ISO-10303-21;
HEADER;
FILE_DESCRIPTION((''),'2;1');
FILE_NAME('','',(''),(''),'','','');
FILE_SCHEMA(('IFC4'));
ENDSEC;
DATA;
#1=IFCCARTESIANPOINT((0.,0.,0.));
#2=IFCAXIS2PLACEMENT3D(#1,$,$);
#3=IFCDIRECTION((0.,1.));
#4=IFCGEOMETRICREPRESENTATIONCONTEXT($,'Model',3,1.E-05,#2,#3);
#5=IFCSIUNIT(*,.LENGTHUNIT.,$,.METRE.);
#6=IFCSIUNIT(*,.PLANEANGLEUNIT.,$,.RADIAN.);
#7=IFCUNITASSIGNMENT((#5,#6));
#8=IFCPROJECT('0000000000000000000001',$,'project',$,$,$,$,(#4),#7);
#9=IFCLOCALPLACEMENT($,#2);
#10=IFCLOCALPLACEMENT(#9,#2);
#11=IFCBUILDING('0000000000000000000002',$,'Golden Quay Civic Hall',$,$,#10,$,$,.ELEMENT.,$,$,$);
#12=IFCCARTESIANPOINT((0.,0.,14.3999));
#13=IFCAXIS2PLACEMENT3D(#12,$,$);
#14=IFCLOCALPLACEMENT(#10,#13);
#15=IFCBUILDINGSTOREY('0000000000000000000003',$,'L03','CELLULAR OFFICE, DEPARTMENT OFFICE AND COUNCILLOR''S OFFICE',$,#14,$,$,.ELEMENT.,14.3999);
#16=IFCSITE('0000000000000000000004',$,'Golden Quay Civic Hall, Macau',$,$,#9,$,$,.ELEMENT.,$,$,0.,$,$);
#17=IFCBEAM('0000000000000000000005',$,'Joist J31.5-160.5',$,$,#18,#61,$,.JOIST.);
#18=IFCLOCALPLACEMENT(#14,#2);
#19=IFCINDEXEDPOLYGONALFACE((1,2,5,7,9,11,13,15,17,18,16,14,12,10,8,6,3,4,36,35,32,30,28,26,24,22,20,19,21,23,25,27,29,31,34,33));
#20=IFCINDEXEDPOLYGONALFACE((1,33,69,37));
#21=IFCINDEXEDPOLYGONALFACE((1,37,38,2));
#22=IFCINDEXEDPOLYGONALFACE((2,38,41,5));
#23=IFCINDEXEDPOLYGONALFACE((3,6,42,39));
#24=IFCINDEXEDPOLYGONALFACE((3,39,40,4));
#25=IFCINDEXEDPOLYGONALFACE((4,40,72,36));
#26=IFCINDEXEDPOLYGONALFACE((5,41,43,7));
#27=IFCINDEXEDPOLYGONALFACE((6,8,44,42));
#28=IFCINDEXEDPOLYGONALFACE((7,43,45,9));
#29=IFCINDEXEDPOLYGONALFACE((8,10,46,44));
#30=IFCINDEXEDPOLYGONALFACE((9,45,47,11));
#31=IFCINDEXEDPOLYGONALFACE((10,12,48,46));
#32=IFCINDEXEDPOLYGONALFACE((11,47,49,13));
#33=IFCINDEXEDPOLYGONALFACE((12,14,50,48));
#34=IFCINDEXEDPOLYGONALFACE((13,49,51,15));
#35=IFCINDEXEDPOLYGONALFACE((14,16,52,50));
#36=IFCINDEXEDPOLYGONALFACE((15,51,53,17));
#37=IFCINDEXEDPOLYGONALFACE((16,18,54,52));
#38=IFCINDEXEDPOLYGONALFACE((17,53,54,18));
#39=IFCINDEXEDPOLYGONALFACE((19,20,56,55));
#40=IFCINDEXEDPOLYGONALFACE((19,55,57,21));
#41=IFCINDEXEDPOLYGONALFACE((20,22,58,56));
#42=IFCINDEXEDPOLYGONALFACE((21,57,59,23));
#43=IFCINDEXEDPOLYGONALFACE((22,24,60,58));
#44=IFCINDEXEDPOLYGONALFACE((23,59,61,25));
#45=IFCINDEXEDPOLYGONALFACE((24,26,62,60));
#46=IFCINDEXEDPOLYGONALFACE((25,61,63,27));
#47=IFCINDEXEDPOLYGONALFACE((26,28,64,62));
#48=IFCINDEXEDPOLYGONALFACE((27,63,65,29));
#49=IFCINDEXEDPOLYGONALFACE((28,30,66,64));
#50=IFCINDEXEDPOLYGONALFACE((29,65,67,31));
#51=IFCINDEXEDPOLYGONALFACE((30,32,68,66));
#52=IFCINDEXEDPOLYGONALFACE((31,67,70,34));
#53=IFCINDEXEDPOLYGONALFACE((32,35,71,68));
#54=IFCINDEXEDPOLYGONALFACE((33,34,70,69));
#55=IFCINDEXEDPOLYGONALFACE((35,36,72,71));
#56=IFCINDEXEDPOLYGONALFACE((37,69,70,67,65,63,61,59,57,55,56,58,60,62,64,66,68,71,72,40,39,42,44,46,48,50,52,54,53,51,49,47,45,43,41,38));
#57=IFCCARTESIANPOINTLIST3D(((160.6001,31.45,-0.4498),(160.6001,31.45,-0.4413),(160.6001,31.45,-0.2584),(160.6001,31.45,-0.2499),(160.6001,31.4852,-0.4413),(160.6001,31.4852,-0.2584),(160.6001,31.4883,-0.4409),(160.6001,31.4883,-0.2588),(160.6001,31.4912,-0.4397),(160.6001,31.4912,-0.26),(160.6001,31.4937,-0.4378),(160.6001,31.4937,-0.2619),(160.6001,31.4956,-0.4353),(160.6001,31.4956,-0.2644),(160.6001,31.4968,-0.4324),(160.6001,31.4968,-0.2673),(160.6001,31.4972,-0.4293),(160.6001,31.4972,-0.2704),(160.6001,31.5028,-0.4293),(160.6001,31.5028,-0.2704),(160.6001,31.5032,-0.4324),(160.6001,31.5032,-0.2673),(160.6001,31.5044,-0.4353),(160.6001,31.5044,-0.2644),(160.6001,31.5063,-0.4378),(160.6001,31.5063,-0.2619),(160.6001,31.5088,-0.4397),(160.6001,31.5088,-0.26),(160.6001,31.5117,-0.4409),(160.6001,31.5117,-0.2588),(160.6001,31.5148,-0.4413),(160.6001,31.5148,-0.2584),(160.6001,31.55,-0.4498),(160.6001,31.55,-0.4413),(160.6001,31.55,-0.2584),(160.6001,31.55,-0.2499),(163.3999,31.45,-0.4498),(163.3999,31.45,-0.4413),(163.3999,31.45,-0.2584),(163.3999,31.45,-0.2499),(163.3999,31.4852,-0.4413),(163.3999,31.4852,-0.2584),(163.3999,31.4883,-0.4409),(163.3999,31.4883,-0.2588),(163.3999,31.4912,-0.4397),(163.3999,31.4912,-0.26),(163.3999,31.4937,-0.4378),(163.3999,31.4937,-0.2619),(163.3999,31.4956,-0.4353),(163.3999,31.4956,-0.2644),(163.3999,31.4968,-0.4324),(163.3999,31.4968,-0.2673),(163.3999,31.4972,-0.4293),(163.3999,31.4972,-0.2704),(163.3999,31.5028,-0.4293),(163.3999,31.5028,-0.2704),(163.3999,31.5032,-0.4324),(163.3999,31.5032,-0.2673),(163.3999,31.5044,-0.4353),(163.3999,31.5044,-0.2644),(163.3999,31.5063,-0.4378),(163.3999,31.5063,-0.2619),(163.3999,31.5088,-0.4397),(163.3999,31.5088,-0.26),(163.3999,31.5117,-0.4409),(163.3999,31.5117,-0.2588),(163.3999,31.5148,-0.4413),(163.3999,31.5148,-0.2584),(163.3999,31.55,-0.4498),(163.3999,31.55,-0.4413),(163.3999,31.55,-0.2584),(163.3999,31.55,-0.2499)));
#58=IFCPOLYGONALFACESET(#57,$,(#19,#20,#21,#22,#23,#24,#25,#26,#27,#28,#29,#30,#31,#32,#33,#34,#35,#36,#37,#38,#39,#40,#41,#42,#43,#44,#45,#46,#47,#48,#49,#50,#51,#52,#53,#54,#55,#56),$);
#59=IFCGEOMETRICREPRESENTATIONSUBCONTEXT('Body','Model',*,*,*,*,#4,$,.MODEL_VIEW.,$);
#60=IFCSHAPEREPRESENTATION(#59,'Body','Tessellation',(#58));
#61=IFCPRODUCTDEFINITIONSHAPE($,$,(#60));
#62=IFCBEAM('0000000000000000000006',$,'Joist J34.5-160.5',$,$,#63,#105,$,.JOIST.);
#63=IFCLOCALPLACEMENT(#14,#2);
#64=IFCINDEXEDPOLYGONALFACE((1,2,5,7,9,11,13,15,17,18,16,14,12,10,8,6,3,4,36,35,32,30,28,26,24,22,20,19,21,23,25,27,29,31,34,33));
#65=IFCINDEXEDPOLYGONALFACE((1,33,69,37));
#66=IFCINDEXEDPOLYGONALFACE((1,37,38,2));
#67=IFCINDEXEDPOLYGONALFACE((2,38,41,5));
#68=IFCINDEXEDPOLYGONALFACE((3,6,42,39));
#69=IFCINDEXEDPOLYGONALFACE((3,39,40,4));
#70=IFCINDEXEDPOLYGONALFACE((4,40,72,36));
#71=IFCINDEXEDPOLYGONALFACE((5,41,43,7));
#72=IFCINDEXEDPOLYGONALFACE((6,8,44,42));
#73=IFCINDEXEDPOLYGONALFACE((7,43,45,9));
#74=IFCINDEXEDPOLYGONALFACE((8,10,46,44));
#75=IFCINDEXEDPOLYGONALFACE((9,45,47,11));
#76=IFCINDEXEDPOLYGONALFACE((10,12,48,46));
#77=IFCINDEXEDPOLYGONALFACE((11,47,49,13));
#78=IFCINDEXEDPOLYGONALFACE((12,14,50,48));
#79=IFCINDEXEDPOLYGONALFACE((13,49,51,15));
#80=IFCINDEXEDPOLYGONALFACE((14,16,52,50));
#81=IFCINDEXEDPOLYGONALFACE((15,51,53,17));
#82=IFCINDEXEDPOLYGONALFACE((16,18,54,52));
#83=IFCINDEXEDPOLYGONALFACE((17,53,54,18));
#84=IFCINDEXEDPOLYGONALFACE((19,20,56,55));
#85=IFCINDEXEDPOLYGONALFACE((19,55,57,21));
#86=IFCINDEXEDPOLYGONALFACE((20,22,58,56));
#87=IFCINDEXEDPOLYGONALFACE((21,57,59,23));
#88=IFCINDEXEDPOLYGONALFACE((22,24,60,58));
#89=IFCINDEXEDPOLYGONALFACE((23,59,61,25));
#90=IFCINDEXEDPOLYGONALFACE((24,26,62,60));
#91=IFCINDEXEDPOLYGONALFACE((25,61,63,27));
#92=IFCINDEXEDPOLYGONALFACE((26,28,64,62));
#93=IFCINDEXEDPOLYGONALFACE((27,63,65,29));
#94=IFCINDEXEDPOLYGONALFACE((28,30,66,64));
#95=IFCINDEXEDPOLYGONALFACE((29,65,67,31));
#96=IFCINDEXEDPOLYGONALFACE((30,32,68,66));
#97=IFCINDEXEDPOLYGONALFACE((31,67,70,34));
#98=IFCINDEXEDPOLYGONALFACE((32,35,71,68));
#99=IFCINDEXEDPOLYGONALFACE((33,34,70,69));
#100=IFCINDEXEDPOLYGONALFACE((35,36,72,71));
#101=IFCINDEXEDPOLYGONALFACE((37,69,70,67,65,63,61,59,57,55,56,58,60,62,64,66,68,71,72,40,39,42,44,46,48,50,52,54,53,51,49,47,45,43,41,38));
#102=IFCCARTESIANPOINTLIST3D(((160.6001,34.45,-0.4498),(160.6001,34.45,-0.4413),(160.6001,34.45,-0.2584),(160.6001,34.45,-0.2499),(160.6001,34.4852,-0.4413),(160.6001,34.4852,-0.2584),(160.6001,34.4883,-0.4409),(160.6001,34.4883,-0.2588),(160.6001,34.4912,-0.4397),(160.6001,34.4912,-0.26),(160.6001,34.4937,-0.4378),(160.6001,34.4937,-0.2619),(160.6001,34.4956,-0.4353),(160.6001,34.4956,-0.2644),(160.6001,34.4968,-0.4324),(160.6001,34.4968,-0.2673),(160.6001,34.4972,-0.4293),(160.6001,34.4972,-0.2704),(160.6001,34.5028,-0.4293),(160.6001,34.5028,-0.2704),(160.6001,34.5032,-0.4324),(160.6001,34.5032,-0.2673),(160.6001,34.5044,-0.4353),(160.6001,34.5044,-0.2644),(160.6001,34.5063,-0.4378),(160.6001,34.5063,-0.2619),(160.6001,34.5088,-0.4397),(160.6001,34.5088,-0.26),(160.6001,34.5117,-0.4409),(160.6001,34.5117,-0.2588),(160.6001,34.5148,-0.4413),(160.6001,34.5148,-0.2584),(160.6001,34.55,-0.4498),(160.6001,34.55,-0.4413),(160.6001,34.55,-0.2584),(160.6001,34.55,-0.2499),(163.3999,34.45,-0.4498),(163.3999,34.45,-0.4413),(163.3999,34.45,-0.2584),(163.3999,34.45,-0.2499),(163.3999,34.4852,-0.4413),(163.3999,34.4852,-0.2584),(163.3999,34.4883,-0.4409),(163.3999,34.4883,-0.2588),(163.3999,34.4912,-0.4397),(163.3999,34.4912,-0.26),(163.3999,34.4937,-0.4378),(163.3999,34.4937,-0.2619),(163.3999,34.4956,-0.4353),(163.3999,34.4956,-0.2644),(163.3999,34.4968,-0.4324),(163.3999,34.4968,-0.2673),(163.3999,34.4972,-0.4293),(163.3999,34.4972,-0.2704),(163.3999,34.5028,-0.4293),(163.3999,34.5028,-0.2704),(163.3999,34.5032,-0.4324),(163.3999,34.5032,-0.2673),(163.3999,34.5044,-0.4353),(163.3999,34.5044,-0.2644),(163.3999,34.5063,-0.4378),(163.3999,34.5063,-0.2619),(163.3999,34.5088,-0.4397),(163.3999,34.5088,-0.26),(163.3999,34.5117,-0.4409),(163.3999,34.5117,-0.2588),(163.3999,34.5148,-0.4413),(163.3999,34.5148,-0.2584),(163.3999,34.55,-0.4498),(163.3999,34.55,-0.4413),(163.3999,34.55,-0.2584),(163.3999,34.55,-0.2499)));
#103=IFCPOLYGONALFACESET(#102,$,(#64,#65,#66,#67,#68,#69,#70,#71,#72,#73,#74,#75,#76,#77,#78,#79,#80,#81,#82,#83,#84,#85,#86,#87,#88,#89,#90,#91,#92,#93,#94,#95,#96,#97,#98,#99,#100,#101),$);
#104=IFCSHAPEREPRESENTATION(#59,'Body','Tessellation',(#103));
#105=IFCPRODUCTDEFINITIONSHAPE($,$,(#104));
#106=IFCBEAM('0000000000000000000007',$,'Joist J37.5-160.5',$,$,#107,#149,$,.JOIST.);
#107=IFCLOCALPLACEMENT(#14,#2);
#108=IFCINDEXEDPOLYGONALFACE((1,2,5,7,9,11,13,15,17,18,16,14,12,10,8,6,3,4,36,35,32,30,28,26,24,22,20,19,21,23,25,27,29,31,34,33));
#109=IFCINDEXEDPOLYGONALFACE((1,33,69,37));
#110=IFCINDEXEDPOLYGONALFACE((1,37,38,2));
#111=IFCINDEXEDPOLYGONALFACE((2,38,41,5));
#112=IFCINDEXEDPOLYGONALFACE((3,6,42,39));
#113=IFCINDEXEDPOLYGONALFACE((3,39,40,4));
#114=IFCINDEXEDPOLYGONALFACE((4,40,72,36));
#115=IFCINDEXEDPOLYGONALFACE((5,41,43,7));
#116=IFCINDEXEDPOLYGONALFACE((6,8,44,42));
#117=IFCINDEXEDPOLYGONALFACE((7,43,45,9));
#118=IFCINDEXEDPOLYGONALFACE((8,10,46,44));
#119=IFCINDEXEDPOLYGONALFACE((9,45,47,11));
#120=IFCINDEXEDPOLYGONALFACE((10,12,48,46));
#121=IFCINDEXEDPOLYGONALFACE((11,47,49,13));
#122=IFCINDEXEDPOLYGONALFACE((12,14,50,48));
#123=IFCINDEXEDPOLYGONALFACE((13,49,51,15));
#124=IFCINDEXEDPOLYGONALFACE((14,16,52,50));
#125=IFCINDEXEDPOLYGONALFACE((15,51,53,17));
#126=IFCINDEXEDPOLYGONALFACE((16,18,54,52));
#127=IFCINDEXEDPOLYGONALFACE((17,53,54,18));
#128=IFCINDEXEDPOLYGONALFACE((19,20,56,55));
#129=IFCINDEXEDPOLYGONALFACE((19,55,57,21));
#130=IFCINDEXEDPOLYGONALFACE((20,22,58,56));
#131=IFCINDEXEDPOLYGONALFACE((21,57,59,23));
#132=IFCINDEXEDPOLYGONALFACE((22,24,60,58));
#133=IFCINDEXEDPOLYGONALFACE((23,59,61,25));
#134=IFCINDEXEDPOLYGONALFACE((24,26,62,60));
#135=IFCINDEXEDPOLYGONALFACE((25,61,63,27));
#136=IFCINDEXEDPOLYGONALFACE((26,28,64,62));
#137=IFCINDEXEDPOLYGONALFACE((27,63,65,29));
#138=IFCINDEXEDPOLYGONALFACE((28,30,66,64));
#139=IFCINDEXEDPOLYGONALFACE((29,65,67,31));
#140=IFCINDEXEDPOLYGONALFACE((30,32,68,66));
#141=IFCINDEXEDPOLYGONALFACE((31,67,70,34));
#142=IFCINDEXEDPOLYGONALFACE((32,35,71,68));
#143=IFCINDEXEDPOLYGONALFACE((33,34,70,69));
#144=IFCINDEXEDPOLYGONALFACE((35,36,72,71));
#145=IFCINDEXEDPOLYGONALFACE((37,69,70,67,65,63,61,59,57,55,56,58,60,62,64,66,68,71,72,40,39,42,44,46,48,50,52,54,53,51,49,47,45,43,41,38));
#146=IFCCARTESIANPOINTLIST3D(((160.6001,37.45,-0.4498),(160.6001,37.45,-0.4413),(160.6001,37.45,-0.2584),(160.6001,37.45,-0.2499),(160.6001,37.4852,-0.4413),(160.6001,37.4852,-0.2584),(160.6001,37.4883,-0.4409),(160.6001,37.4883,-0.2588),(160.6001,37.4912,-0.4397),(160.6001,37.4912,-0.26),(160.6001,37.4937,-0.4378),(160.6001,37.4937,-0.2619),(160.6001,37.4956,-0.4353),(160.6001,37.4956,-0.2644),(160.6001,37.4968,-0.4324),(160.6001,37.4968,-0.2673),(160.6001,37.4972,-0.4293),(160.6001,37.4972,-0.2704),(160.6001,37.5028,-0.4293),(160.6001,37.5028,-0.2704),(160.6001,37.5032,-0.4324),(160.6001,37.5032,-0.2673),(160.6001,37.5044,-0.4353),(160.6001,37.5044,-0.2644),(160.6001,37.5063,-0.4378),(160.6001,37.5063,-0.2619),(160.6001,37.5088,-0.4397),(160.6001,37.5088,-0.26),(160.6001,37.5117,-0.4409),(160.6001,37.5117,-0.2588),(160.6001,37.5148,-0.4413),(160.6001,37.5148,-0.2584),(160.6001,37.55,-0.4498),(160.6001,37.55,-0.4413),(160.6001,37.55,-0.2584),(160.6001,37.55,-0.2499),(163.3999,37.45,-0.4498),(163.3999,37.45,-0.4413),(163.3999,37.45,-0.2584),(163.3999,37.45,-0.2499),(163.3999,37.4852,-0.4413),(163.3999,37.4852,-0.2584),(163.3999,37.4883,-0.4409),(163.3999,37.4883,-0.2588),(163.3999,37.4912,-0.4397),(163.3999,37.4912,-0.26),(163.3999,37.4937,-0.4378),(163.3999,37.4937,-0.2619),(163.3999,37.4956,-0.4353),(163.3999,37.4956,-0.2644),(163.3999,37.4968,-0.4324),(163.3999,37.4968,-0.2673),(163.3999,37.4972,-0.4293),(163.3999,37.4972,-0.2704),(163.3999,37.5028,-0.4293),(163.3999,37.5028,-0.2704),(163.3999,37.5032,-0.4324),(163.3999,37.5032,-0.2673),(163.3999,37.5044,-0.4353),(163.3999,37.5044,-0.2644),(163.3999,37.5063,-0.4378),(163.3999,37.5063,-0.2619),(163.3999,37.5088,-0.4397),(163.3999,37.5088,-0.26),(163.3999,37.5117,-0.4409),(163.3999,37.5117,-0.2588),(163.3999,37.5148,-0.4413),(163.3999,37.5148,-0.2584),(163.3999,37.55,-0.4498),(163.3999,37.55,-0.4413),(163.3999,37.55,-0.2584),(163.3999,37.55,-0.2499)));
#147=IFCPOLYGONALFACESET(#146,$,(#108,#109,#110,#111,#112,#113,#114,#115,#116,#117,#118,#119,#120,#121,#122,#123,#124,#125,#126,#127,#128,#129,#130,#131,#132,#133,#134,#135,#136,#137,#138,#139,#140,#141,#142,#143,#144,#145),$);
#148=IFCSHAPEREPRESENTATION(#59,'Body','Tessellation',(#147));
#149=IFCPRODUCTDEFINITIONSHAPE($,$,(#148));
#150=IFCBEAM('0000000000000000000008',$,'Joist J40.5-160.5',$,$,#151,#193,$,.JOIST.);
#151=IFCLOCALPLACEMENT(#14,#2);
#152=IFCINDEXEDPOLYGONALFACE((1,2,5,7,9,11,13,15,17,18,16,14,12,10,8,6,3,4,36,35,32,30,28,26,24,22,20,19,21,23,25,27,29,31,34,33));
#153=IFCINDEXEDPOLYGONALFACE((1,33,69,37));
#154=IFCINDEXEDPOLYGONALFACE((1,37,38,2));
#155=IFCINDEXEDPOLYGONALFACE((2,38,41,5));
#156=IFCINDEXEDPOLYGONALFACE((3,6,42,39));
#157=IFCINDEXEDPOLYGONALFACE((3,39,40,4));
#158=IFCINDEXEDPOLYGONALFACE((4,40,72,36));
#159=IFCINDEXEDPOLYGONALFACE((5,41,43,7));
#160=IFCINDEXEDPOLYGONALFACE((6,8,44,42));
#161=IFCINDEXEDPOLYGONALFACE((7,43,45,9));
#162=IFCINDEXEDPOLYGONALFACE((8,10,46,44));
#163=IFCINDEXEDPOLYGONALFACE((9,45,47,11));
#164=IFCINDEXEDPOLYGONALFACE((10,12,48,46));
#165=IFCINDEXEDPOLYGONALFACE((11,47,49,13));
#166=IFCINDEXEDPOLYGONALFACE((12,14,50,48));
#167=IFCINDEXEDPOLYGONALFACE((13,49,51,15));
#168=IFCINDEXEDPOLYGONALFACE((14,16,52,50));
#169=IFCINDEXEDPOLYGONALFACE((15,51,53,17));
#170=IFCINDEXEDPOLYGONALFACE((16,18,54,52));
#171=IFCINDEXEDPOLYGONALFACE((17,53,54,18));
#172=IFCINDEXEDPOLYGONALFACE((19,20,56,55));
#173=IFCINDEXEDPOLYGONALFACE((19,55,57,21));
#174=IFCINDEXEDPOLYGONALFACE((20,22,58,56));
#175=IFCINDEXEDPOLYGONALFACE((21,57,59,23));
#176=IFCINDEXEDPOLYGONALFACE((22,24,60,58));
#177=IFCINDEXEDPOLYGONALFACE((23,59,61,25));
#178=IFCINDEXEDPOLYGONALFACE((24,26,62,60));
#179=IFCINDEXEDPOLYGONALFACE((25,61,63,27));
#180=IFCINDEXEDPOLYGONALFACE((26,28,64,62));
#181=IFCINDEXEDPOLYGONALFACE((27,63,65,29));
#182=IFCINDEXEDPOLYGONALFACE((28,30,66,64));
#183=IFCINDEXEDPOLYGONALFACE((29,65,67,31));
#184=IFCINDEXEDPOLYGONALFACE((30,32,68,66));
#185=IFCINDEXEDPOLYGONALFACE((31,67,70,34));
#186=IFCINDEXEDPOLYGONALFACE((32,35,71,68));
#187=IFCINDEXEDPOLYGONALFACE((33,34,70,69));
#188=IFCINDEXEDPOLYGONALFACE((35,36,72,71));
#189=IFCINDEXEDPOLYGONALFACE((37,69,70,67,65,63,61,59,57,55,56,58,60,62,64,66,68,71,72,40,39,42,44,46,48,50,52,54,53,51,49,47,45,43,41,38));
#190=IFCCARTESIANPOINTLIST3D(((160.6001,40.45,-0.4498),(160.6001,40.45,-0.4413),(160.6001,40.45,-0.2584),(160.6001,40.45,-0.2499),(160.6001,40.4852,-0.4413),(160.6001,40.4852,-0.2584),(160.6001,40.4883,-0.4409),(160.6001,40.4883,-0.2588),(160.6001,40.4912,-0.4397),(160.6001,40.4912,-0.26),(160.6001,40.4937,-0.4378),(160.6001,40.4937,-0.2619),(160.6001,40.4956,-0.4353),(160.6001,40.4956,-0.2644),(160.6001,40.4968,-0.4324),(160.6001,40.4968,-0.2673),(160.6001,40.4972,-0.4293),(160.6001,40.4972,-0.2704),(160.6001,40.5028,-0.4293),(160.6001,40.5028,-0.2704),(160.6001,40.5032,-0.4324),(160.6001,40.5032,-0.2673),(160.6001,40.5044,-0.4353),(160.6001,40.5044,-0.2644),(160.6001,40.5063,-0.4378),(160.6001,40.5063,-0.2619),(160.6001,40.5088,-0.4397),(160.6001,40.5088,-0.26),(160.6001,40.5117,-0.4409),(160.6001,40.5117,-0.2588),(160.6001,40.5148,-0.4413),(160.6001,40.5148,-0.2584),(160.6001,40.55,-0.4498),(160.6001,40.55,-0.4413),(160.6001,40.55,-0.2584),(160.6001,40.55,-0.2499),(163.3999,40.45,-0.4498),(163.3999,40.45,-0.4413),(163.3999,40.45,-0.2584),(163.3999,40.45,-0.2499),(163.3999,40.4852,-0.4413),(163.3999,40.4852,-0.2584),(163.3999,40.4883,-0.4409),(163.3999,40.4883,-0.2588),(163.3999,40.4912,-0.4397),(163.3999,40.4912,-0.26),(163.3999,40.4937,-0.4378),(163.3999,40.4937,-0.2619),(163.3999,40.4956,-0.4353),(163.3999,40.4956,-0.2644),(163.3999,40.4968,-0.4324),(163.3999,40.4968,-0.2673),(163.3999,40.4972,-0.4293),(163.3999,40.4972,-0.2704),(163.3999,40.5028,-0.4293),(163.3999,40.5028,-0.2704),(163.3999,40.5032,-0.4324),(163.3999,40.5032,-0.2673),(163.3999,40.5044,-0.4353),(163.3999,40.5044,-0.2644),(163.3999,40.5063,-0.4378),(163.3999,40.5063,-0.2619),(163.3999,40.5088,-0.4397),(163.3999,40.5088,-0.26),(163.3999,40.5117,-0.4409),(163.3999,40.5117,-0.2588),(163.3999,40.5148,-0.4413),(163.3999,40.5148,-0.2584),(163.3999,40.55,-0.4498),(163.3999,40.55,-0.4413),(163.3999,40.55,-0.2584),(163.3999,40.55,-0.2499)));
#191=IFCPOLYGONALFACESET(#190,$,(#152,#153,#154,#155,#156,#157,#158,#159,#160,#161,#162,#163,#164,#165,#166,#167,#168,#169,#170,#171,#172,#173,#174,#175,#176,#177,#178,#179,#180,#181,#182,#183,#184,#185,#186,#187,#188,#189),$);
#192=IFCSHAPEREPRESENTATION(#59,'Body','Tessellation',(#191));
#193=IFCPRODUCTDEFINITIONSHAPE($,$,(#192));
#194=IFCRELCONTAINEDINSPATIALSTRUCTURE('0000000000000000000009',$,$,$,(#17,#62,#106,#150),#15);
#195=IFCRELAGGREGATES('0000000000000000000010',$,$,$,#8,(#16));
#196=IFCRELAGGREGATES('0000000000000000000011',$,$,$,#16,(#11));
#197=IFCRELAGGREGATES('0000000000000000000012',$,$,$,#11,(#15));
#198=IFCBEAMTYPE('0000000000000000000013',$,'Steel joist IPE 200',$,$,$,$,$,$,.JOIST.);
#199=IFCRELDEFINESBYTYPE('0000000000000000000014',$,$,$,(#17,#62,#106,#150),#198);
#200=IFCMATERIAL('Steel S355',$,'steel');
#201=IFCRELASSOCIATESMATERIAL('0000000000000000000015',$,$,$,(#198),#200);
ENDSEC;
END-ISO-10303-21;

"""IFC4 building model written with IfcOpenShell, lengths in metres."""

from ifc_helpers import new_model, si_unit, direction, frame, origin, origin_2d, place, context, subcontext, project, spatial, i_section, extrude, material, material_profile, profile_set, type_object, element, save


model = new_model("IFC4")

# Units and contexts
model_context = context("Model", 3, precision=1e-05, world=origin(), true_north=direction((0.0, 1.0)))
body_context = subcontext(model_context, "Body", "Model", "MODEL_VIEW")
ifc_project = project(units=[si_unit("LENGTHUNIT", "METRE"), si_unit("PLANEANGLEUNIT", "RADIAN")], contexts=[model_context])

# Site, building, storey
site_placement = place(None, origin())
site = spatial("IfcSite", under=ifc_project, at=site_placement, Name="Golden Quay Civic Hall, Macau", CompositionType="ELEMENT", RefElevation=0.0)
building_placement = place(site_placement, origin())
building = spatial("IfcBuilding", under=site, at=building_placement, Name="Golden Quay Civic Hall", CompositionType="ELEMENT")
storey_placement = place(building_placement, frame((0.0, 0.0, 14.3999)))
storey = spatial("IfcBuildingStorey", under=building, at=storey_placement, Name="L03", Description="CELLULAR OFFICE, DEPARTMENT OFFICE AND COUNCILLOR'S OFFICE", CompositionType="ELEMENT", Elevation=14.3999)

# Beams
ifc_material_1 = material(Name="Steel S355", Category="steel")
ifc_material_profile_1 = material_profile(ifc_material_1, i_section(OverallWidth=0.1001, OverallDepth=0.2, WebThickness=0.0056, FlangeThickness=0.0085, FilletRadius=0.012, at=origin_2d()), Name="IPE 200")
ifc_profile_set_1 = profile_set([ifc_material_profile_1], Name="Steel S355")
beam_type_1 = type_object("IfcBeamType", Name="Steel joist IPE 200", PredefinedType="JOIST", material=ifc_profile_set_1)
for number, where, z_axis, x_axis, name in (
    (1, (160.6001, 31.5, -0.3499), (1.0, 0.0, 0.0), (0.0, 1.0, 0.0), "Joist J31.5-160.5"),
    (2, (160.6001, 34.5, -0.3499), (1.0, 0.0, 0.0), (0.0, 1.0, 0.0), "Joist J34.5-160.5"),
    (3, (160.6001, 37.5, -0.3499), (1.0, 0.0, 0.0), (0.0, 1.0, 0.0), "Joist J37.5-160.5"),
    (4, (160.6001, 40.5, -0.3499), (1.0, 0.0, 0.0), (0.0, 1.0, 0.0), "Joist J40.5-160.5"),
):
    element("IfcBeam", number, at=place(storey_placement, frame(where, z_axis=z_axis, x_axis=x_axis)), inside=storey, type_object=beam_type_1, Name=name, PredefinedType="JOIST", context=body_context, shape_type="SweptSolid", body=[
        extrude(i_section(OverallWidth=0.1001, OverallDepth=0.2, WebThickness=0.0056, FlangeThickness=0.0085, FilletRadius=0.012, at=origin_2d()), origin(), (0.0, 0.0, 1.0), 2.7998),
    ])

save(model, "model.ifc")
